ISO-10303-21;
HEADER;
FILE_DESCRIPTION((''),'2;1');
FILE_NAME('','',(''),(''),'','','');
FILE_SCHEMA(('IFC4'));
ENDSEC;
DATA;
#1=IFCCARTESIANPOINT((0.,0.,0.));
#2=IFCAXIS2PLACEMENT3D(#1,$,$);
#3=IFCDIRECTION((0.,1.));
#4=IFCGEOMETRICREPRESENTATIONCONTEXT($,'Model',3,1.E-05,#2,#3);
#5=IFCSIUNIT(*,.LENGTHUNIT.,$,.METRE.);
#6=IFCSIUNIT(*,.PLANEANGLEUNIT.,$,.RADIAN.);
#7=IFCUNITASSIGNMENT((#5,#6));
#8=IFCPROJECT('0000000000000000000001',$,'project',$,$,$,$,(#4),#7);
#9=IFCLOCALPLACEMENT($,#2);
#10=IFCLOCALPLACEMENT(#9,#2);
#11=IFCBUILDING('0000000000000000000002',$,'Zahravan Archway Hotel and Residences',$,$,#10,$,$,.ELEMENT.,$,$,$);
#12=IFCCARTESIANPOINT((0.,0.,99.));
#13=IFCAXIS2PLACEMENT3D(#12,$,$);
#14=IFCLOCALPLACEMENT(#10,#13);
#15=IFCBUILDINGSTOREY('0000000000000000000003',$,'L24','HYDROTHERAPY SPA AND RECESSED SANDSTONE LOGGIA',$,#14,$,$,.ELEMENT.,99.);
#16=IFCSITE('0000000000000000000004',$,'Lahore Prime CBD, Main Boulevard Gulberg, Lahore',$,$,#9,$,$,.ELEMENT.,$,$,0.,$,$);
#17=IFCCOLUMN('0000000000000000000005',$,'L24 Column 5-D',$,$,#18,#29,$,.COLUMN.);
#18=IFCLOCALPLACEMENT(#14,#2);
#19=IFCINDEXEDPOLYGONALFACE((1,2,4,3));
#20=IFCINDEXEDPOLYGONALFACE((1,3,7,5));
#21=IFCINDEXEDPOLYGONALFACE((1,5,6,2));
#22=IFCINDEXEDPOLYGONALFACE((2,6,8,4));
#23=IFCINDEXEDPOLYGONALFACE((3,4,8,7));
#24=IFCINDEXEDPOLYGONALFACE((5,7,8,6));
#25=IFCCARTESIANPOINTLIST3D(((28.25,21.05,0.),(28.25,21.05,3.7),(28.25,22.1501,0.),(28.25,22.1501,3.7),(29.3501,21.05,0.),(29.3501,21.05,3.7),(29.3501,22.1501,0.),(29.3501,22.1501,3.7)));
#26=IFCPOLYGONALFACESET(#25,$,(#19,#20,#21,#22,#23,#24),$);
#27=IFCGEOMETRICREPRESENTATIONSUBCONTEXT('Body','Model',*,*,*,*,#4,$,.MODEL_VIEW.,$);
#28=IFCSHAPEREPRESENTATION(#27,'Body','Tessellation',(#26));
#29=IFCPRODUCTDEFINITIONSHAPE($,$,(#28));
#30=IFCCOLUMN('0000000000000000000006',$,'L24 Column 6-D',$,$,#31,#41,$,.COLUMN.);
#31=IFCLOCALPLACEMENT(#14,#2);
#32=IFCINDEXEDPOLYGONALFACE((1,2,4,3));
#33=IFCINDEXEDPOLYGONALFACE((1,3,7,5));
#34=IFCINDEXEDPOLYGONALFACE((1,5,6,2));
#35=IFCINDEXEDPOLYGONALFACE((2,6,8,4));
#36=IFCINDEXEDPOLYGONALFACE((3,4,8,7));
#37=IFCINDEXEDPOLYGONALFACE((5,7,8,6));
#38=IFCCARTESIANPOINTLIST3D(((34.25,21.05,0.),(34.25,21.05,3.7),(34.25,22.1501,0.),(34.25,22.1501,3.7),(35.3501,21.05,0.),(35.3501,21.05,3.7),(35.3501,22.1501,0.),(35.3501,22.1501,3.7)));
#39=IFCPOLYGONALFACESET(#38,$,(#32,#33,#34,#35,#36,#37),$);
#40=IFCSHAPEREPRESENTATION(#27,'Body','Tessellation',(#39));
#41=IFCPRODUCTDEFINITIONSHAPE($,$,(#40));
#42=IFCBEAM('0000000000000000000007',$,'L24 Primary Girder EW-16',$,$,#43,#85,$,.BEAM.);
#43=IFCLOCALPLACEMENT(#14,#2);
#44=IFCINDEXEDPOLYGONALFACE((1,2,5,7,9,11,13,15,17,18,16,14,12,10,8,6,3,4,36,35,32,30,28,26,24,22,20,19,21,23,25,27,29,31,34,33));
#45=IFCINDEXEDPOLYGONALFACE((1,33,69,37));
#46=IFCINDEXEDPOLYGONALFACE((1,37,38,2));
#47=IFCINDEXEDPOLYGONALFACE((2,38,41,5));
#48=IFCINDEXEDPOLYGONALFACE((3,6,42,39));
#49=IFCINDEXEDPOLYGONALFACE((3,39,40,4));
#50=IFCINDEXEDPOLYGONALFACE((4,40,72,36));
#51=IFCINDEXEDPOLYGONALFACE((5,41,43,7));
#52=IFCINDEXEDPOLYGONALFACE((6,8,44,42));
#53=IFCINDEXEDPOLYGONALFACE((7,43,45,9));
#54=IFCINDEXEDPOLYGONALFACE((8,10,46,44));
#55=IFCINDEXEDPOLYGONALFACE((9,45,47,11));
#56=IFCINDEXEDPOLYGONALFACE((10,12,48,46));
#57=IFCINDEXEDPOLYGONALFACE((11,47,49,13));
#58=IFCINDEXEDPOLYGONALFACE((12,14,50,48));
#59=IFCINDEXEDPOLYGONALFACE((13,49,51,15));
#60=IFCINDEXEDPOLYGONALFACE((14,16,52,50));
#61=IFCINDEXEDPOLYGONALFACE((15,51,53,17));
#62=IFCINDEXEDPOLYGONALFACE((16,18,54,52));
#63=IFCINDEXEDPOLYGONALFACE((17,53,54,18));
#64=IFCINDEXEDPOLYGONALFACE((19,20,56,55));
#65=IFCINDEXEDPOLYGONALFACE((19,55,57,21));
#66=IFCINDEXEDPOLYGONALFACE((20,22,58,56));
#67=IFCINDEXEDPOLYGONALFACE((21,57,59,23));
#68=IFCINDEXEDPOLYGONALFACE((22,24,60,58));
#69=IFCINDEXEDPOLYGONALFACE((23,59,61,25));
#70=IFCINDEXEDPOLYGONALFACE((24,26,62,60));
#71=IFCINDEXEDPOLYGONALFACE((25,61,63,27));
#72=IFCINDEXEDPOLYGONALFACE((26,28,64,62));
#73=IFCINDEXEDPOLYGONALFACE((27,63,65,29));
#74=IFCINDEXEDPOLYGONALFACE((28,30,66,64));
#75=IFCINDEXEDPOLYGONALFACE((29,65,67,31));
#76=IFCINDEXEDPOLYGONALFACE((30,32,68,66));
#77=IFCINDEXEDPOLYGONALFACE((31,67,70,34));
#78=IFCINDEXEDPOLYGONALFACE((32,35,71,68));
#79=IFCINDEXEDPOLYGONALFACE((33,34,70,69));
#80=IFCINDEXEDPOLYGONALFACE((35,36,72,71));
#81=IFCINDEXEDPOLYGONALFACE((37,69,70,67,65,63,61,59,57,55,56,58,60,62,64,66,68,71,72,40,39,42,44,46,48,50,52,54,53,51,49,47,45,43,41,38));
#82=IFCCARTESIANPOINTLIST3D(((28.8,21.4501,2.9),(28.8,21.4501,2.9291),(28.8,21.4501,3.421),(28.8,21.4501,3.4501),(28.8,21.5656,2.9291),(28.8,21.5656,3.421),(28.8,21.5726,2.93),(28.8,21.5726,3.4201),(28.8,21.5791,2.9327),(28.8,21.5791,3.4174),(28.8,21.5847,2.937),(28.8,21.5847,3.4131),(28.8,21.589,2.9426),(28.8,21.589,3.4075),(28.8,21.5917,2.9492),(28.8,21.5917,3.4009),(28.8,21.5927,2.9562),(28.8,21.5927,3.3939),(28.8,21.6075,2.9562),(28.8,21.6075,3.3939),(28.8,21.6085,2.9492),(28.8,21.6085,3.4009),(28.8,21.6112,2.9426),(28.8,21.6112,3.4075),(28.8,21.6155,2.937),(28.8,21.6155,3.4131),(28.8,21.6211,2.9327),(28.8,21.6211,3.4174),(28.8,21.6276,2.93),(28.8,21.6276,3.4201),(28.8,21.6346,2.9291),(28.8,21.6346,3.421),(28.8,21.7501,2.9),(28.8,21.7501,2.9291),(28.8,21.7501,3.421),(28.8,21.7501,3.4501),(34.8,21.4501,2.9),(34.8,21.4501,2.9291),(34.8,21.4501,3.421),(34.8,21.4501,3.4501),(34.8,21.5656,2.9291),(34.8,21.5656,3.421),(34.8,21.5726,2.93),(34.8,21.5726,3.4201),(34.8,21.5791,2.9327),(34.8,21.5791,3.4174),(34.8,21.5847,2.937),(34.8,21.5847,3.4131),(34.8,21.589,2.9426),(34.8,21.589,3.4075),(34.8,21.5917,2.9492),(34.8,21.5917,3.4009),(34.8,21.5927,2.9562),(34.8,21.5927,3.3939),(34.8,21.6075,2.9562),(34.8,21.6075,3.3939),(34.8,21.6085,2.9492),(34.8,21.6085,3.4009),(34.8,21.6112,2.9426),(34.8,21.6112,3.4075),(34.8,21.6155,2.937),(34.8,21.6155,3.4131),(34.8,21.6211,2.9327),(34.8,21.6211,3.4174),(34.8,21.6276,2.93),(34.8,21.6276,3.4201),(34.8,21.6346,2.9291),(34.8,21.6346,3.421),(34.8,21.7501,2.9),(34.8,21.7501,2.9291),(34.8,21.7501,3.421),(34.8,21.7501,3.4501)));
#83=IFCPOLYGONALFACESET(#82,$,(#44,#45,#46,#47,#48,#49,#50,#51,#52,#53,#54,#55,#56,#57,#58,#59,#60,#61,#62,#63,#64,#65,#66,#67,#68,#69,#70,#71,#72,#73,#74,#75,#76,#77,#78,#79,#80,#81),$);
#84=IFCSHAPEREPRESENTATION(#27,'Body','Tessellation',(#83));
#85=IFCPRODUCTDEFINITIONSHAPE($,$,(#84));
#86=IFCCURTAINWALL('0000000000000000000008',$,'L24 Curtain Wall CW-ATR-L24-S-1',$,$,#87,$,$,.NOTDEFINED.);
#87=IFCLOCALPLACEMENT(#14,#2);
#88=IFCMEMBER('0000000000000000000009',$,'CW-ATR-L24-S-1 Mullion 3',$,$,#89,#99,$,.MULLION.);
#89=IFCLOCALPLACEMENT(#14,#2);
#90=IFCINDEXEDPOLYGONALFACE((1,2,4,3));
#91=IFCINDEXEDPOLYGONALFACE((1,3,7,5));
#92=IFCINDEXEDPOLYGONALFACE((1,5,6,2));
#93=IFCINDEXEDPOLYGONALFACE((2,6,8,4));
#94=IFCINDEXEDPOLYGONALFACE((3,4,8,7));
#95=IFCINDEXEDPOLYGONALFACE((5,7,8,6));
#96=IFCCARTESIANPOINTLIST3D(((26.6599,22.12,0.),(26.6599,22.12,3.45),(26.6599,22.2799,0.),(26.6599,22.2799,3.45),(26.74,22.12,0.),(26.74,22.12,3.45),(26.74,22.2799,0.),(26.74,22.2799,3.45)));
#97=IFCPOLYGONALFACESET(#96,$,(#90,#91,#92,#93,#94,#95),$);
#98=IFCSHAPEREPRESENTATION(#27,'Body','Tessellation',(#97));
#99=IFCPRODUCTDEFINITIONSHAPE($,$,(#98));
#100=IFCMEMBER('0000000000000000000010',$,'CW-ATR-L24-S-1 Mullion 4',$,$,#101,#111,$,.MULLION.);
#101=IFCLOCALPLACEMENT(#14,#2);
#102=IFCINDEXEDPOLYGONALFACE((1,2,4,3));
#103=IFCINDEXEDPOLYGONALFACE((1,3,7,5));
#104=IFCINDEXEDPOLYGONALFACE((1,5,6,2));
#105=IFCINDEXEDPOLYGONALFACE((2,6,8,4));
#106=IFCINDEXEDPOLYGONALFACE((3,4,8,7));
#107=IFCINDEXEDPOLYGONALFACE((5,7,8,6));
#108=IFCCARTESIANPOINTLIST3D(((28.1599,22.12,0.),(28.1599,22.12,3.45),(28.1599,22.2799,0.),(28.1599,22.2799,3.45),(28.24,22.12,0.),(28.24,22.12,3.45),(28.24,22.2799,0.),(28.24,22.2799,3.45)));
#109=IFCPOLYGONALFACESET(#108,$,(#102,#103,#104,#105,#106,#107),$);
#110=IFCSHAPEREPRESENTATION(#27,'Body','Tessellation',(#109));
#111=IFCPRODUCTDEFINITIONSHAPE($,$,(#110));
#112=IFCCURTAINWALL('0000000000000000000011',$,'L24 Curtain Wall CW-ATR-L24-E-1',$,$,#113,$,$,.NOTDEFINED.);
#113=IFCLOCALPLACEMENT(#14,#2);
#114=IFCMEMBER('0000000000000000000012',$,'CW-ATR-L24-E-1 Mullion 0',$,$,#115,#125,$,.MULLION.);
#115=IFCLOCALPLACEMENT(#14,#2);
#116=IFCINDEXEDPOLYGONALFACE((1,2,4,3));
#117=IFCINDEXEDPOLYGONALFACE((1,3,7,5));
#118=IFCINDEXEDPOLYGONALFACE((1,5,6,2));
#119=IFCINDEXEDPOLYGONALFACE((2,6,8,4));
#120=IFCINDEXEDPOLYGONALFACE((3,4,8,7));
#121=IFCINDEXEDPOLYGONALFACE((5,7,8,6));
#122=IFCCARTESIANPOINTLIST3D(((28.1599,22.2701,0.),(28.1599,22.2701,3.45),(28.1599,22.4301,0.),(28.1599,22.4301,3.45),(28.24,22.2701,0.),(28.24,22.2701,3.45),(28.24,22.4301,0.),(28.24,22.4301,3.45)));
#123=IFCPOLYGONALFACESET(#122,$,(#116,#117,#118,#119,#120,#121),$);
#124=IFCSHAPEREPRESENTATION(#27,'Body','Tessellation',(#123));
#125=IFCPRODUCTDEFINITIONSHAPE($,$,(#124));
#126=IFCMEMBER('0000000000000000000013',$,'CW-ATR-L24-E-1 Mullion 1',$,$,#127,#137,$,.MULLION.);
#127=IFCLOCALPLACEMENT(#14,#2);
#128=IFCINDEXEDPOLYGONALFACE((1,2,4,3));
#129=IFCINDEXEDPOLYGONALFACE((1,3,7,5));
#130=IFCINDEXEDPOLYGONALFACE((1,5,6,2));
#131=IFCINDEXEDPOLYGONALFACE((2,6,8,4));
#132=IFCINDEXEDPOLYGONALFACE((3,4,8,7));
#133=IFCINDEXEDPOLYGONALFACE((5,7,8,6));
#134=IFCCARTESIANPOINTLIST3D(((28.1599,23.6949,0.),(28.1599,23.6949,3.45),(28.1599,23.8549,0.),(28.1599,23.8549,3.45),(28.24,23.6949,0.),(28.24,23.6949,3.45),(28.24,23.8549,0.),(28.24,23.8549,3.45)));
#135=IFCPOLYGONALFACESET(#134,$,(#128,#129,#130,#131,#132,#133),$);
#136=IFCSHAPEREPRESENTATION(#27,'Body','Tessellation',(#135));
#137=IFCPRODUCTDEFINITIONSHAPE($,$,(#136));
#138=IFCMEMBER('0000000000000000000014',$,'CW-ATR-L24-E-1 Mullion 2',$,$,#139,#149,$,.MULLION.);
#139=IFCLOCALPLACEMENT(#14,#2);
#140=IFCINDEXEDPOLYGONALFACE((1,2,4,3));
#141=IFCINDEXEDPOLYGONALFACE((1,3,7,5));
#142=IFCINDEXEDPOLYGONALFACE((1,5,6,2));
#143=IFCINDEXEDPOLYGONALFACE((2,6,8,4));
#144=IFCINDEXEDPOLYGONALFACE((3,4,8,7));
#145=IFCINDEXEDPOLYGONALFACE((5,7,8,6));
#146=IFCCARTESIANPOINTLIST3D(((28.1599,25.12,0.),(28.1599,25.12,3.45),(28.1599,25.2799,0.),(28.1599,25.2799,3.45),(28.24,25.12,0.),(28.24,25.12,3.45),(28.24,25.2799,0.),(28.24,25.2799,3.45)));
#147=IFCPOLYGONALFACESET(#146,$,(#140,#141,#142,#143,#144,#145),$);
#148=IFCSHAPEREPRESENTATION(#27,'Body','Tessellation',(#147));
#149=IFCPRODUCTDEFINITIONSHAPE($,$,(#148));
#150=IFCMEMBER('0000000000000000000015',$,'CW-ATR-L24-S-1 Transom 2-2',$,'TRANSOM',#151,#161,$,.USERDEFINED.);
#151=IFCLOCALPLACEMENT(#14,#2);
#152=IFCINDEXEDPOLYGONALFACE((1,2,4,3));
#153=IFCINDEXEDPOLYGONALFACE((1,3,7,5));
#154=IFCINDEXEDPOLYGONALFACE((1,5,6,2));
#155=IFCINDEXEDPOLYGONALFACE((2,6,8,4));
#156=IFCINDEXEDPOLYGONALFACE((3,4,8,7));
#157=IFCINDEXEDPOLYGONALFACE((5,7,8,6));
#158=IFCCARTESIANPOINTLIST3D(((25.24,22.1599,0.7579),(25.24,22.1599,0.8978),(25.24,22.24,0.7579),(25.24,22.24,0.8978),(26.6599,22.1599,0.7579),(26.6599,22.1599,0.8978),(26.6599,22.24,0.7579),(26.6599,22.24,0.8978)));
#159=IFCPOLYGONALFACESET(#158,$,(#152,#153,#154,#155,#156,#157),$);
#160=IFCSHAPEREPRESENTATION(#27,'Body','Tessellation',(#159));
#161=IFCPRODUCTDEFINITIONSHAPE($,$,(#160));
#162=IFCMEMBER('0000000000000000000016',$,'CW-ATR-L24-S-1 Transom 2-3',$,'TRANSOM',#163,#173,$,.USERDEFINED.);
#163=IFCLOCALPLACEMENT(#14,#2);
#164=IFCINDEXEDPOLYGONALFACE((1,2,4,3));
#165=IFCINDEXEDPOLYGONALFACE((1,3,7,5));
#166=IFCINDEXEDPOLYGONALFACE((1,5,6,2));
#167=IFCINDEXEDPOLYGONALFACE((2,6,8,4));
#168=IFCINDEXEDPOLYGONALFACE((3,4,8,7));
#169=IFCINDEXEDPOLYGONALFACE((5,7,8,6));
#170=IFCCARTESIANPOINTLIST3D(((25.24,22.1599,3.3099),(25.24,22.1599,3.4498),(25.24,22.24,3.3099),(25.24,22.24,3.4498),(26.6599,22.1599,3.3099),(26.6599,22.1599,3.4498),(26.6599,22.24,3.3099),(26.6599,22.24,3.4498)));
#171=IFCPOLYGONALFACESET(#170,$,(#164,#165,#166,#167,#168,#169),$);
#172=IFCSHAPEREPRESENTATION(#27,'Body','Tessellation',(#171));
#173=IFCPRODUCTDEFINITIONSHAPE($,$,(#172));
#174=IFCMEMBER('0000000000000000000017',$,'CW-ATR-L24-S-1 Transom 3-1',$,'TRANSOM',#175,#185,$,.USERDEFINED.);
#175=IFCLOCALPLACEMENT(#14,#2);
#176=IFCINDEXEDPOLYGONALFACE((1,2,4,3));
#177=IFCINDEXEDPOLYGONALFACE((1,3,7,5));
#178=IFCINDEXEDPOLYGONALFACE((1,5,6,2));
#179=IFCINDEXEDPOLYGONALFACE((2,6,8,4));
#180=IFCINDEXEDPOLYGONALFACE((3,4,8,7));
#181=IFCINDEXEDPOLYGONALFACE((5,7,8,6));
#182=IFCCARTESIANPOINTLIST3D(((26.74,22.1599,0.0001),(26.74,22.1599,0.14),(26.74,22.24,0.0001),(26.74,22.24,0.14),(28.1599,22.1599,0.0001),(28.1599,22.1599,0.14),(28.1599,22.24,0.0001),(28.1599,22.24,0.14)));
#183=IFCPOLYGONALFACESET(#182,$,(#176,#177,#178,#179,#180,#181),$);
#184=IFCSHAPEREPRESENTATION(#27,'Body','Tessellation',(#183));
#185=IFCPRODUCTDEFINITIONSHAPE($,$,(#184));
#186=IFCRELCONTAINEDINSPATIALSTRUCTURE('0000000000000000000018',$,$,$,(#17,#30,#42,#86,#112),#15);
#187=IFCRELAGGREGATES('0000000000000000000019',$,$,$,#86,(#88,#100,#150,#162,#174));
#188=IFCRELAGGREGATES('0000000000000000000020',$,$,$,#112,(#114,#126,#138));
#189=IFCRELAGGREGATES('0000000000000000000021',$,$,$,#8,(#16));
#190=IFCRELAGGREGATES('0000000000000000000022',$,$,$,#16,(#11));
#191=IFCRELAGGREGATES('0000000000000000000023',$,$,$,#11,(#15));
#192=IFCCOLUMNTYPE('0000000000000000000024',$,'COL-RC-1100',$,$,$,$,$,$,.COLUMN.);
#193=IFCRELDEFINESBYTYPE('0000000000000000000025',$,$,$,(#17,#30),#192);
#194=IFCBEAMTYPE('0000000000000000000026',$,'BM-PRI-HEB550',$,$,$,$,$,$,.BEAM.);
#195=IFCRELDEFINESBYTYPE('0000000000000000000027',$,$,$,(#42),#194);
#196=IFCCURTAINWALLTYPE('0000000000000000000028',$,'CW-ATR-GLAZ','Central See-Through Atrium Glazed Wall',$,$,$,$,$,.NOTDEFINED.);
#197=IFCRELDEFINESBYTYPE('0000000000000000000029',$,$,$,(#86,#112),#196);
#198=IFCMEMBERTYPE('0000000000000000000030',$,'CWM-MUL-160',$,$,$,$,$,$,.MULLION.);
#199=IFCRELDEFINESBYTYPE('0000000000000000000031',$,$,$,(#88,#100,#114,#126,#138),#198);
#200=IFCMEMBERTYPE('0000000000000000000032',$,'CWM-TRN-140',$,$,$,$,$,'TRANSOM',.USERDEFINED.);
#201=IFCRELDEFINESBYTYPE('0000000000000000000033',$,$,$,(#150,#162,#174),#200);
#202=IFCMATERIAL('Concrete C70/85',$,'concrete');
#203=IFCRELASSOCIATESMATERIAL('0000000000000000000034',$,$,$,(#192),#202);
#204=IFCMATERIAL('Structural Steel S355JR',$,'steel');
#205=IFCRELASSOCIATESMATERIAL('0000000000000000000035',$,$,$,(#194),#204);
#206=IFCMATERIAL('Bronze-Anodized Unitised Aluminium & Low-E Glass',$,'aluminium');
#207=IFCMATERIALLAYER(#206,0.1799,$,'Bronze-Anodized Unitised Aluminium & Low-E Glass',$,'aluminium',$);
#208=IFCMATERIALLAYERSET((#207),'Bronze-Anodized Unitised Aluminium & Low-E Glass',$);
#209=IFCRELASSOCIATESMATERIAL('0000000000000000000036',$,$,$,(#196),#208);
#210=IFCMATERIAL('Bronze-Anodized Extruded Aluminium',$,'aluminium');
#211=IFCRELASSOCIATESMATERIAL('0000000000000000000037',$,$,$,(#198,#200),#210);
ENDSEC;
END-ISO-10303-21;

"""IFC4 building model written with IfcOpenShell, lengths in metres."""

from ifc_helpers import new_model, si_unit, direction, frame, origin, origin_2d, place, context, subcontext, project, spatial, rectangle, i_section, extrude, source, transform, mapped, material, layer, layer_set, material_profile, profile_set, type_object, element, aggregate, save


model = new_model("IFC4")

# Units and contexts
model_context = context("Model", 3, precision=1e-05, world=origin(), true_north=direction((0.0, 1.0)))
body_context = subcontext(model_context, "Body", "Model", "MODEL_VIEW")
ifc_project = project(units=[si_unit("LENGTHUNIT", "METRE"), si_unit("PLANEANGLEUNIT", "RADIAN")], contexts=[model_context])

# Site, building, storey
site_placement = place(None, origin())
site = spatial("IfcSite", under=ifc_project, at=site_placement, Name="Lahore Prime CBD, Main Boulevard Gulberg, Lahore", CompositionType="ELEMENT", RefElevation=0.0)
building_placement = place(site_placement, origin())
building = spatial("IfcBuilding", under=site, at=building_placement, Name="Zahravan Archway Hotel and Residences", CompositionType="ELEMENT")
storey_placement = place(building_placement, frame((0.0, 0.0, 99.0)))
storey = spatial("IfcBuildingStorey", under=building, at=storey_placement, Name="L24", Description="HYDROTHERAPY SPA AND RECESSED SANDSTONE LOGGIA", CompositionType="ELEMENT", Elevation=99.0)

# Columns
ifc_material_1 = material(Name="Concrete C70/85", Category="concrete")
ifc_material_profile_1 = material_profile(ifc_material_1, rectangle(XDim=1.1001, YDim=1.1001, at=origin_2d()), Name="RC 1100x1100", Category="concrete")
ifc_profile_set_1 = profile_set([ifc_material_profile_1], Name="Concrete C70/85")
column_type = type_object("IfcColumnType", Name="COL-RC-1100", PredefinedType="COLUMN", material=ifc_profile_set_1)
shared_shape_1 = source(origin(), body_context, "Body", "SweptSolid", [
    extrude(rectangle(XDim=1.1001, YDim=1.1001, at=origin_2d()), origin(), (0.0, 0.0, 1.0), 3.7),
])
for number, where, z_axis, x_axis, name in (
    (1, (28.8, 21.6001, 0.0), (0.0, 0.0, 1.0), (1.0, 0.0, 0.0), "L24 Column 5-D"),
    (2, (34.8, 21.6001, 0.0), (0.0, 0.0, 1.0), (1.0, 0.0, 0.0), "L24 Column 6-D"),
):
    element("IfcColumn", number, at=place(storey_placement, frame(where, z_axis=z_axis, x_axis=x_axis)), inside=storey, type_object=column_type, Name=name, PredefinedType="COLUMN", context=body_context, shape_type="MappedRepresentation", body=[
        mapped(shared_shape_1, transform((0.0, 0.0, 0.0), scale=1.0)),
    ])

# Beam
ifc_material_2 = material(Name="Structural Steel S355JR", Category="steel")
ifc_material_profile_2 = material_profile(ifc_material_2, i_section(OverallWidth=0.3, OverallDepth=0.55, WebThickness=0.0149, FlangeThickness=0.0291, FilletRadius=0.0271, at=origin_2d()), Name="HEB 550", Category="steel")
ifc_profile_set_2 = profile_set([ifc_material_profile_2], Name="Structural Steel S355JR")
beam_type = type_object("IfcBeamType", Name="BM-PRI-HEB550", PredefinedType="BEAM", material=ifc_profile_set_2)
shared_shape_2 = source(origin(), body_context, "Body", "SweptSolid", [
    extrude(i_section(OverallWidth=0.3, OverallDepth=0.55, WebThickness=0.0149, FlangeThickness=0.0291, FilletRadius=0.0271, at=origin_2d()), origin(), (0.0, 0.0, 1.0), 6.0),
])
beam_placement = place(storey_placement, frame((28.8, 21.6001, 3.175), z_axis=(1.0, 0.0, 0.0), x_axis=(0.0, 1.0, 0.0)))
element("IfcBeam", 3, at=beam_placement, inside=storey, type_object=beam_type, Name="L24 Primary Girder EW-16", PredefinedType="BEAM", context=body_context, shape_type="MappedRepresentation", body=[
    mapped(shared_shape_2, transform((0.0, 0.0, 0.0), scale=1.0)),
])

# Curtain walls, members
ifc_material_3 = material(Name="Bronze-Anodized Unitised Aluminium & Low-E Glass", Category="aluminium")
ifc_layer_1 = layer(ifc_material_3, 0.1799, Name="Bronze-Anodized Unitised Aluminium & Low-E Glass", Category="aluminium")
ifc_layer_set_1 = layer_set([ifc_layer_1], Name="Bronze-Anodized Unitised Aluminium & Low-E Glass")
curtain_wall_type = type_object("IfcCurtainWallType", Name="CW-ATR-GLAZ", Description="Central See-Through Atrium Glazed Wall", PredefinedType="NOTDEFINED", material=ifc_layer_set_1)
curtain_wall_1_placement = place(storey_placement, origin())
curtain_wall_1 = element("IfcCurtainWall", 4, at=curtain_wall_1_placement, inside=storey, type_object=curtain_wall_type, Name="L24 Curtain Wall CW-ATR-L24-S-1", PredefinedType="NOTDEFINED")
ifc_material_4 = material(Name="Bronze-Anodized Extruded Aluminium", Category="aluminium")
ifc_material_profile_3 = material_profile(ifc_material_4, rectangle(XDim=0.0801, YDim=0.1599, at=origin_2d()), Name="MUL 80x160", Category="aluminium")
ifc_profile_set_3 = profile_set([ifc_material_profile_3], Name="Bronze-Anodized Extruded Aluminium")
member_type_1 = type_object("IfcMemberType", Name="CWM-MUL-160", PredefinedType="MULLION", material=ifc_profile_set_3)
shared_shape_3 = source(origin(), body_context, "Body", "SweptSolid", [
    extrude(rectangle(XDim=0.0801, YDim=0.1599, at=origin_2d()), origin(), (0.0, 0.0, 1.0), 3.45),
])
member_1_placement = place(storey_placement, frame((26.7, 22.2, 0.0), z_axis=(0.0, 0.0, 1.0), x_axis=(1.0, 0.0, 0.0)))
member_1 = element("IfcMember", 5, at=member_1_placement, type_object=member_type_1, Name="CW-ATR-L24-S-1 Mullion 3", PredefinedType="MULLION", context=body_context, shape_type="MappedRepresentation", body=[
    mapped(shared_shape_3, transform((0.0, 0.0, 0.0), scale=1.0)),
])
member_2_placement = place(storey_placement, frame((28.2, 22.2, 0.0), z_axis=(0.0, 0.0, 1.0), x_axis=(1.0, 0.0, 0.0)))
member_2 = element("IfcMember", 6, at=member_2_placement, type_object=member_type_1, Name="CW-ATR-L24-S-1 Mullion 4", PredefinedType="MULLION", context=body_context, shape_type="MappedRepresentation", body=[
    mapped(shared_shape_3, transform((0.0, 0.0, 0.0), scale=1.0)),
])
curtain_wall_2_placement = place(storey_placement, origin())
curtain_wall_2 = element("IfcCurtainWall", 7, at=curtain_wall_2_placement, inside=storey, type_object=curtain_wall_type, Name="L24 Curtain Wall CW-ATR-L24-E-1", PredefinedType="NOTDEFINED")
member_3_placement = place(storey_placement, frame((28.2, 22.3501, 0.0), z_axis=(0.0, 0.0, 1.0), x_axis=(1.0, 0.0, 0.0)))
member_3 = element("IfcMember", 8, at=member_3_placement, type_object=member_type_1, Name="CW-ATR-L24-E-1 Mullion 0", PredefinedType="MULLION", context=body_context, shape_type="MappedRepresentation", body=[
    mapped(shared_shape_3, transform((0.0, 0.0, 0.0), scale=1.0)),
])
member_4_placement = place(storey_placement, frame((28.2, 23.7749, 0.0), z_axis=(0.0, 0.0, 1.0), x_axis=(1.0, 0.0, 0.0)))
member_4 = element("IfcMember", 9, at=member_4_placement, type_object=member_type_1, Name="CW-ATR-L24-E-1 Mullion 1", PredefinedType="MULLION", context=body_context, shape_type="MappedRepresentation", body=[
    mapped(shared_shape_3, transform((0.0, 0.0, 0.0), scale=1.0)),
])
member_5_placement = place(storey_placement, frame((28.2, 25.2, 0.0), z_axis=(0.0, 0.0, 1.0), x_axis=(1.0, 0.0, 0.0)))
member_5 = element("IfcMember", 10, at=member_5_placement, type_object=member_type_1, Name="CW-ATR-L24-E-1 Mullion 2", PredefinedType="MULLION", context=body_context, shape_type="MappedRepresentation", body=[
    mapped(shared_shape_3, transform((0.0, 0.0, 0.0), scale=1.0)),
])

# Members
ifc_material_profile_4 = material_profile(ifc_material_4, rectangle(XDim=0.0801, YDim=0.1399, at=origin_2d()), Name="TRN 80x140", Category="aluminium")
ifc_profile_set_4 = profile_set([ifc_material_profile_4], Name="Bronze-Anodized Extruded Aluminium")
member_type_2 = type_object("IfcMemberType", Name="CWM-TRN-140", ElementType="TRANSOM", PredefinedType="USERDEFINED", material=ifc_profile_set_4)
shared_shape_4 = source(origin(), body_context, "Body", "SweptSolid", [
    extrude(rectangle(XDim=0.0801, YDim=0.1399, at=origin_2d()), origin(), (0.0, 0.0, 1.0), 1.4199),
])
member_6_placement = place(storey_placement, frame((25.24, 22.2, 0.8279), z_axis=(1.0, 0.0, 0.0), x_axis=(0.0, 1.0, 0.0)))
member_6 = element("IfcMember", 11, at=member_6_placement, type_object=member_type_2, Name="CW-ATR-L24-S-1 Transom 2-2", ObjectType="TRANSOM", PredefinedType="USERDEFINED", context=body_context, shape_type="MappedRepresentation", body=[
    mapped(shared_shape_4, transform((0.0, 0.0, 0.0), scale=1.0)),
])
member_7_placement = place(storey_placement, frame((25.24, 22.2, 3.3799), z_axis=(1.0, 0.0, 0.0), x_axis=(0.0, 1.0, 0.0)))
member_7 = element("IfcMember", 12, at=member_7_placement, type_object=member_type_2, Name="CW-ATR-L24-S-1 Transom 2-3", ObjectType="TRANSOM", PredefinedType="USERDEFINED", context=body_context, shape_type="MappedRepresentation", body=[
    mapped(shared_shape_4, transform((0.0, 0.0, 0.0), scale=1.0)),
])
member_8_placement = place(storey_placement, frame((26.74, 22.2, 0.0701), z_axis=(1.0, 0.0, 0.0), x_axis=(0.0, 1.0, 0.0)))
member_8 = element("IfcMember", 13, at=member_8_placement, type_object=member_type_2, Name="CW-ATR-L24-S-1 Transom 3-1", ObjectType="TRANSOM", PredefinedType="USERDEFINED", context=body_context, shape_type="MappedRepresentation", body=[
    mapped(shared_shape_4, transform((0.0, 0.0, 0.0), scale=1.0)),
])

aggregate(curtain_wall_1, [member_1, member_2, member_6, member_7, member_8])
aggregate(curtain_wall_2, [member_3, member_4, member_5])

save(model, "model.ifc")
